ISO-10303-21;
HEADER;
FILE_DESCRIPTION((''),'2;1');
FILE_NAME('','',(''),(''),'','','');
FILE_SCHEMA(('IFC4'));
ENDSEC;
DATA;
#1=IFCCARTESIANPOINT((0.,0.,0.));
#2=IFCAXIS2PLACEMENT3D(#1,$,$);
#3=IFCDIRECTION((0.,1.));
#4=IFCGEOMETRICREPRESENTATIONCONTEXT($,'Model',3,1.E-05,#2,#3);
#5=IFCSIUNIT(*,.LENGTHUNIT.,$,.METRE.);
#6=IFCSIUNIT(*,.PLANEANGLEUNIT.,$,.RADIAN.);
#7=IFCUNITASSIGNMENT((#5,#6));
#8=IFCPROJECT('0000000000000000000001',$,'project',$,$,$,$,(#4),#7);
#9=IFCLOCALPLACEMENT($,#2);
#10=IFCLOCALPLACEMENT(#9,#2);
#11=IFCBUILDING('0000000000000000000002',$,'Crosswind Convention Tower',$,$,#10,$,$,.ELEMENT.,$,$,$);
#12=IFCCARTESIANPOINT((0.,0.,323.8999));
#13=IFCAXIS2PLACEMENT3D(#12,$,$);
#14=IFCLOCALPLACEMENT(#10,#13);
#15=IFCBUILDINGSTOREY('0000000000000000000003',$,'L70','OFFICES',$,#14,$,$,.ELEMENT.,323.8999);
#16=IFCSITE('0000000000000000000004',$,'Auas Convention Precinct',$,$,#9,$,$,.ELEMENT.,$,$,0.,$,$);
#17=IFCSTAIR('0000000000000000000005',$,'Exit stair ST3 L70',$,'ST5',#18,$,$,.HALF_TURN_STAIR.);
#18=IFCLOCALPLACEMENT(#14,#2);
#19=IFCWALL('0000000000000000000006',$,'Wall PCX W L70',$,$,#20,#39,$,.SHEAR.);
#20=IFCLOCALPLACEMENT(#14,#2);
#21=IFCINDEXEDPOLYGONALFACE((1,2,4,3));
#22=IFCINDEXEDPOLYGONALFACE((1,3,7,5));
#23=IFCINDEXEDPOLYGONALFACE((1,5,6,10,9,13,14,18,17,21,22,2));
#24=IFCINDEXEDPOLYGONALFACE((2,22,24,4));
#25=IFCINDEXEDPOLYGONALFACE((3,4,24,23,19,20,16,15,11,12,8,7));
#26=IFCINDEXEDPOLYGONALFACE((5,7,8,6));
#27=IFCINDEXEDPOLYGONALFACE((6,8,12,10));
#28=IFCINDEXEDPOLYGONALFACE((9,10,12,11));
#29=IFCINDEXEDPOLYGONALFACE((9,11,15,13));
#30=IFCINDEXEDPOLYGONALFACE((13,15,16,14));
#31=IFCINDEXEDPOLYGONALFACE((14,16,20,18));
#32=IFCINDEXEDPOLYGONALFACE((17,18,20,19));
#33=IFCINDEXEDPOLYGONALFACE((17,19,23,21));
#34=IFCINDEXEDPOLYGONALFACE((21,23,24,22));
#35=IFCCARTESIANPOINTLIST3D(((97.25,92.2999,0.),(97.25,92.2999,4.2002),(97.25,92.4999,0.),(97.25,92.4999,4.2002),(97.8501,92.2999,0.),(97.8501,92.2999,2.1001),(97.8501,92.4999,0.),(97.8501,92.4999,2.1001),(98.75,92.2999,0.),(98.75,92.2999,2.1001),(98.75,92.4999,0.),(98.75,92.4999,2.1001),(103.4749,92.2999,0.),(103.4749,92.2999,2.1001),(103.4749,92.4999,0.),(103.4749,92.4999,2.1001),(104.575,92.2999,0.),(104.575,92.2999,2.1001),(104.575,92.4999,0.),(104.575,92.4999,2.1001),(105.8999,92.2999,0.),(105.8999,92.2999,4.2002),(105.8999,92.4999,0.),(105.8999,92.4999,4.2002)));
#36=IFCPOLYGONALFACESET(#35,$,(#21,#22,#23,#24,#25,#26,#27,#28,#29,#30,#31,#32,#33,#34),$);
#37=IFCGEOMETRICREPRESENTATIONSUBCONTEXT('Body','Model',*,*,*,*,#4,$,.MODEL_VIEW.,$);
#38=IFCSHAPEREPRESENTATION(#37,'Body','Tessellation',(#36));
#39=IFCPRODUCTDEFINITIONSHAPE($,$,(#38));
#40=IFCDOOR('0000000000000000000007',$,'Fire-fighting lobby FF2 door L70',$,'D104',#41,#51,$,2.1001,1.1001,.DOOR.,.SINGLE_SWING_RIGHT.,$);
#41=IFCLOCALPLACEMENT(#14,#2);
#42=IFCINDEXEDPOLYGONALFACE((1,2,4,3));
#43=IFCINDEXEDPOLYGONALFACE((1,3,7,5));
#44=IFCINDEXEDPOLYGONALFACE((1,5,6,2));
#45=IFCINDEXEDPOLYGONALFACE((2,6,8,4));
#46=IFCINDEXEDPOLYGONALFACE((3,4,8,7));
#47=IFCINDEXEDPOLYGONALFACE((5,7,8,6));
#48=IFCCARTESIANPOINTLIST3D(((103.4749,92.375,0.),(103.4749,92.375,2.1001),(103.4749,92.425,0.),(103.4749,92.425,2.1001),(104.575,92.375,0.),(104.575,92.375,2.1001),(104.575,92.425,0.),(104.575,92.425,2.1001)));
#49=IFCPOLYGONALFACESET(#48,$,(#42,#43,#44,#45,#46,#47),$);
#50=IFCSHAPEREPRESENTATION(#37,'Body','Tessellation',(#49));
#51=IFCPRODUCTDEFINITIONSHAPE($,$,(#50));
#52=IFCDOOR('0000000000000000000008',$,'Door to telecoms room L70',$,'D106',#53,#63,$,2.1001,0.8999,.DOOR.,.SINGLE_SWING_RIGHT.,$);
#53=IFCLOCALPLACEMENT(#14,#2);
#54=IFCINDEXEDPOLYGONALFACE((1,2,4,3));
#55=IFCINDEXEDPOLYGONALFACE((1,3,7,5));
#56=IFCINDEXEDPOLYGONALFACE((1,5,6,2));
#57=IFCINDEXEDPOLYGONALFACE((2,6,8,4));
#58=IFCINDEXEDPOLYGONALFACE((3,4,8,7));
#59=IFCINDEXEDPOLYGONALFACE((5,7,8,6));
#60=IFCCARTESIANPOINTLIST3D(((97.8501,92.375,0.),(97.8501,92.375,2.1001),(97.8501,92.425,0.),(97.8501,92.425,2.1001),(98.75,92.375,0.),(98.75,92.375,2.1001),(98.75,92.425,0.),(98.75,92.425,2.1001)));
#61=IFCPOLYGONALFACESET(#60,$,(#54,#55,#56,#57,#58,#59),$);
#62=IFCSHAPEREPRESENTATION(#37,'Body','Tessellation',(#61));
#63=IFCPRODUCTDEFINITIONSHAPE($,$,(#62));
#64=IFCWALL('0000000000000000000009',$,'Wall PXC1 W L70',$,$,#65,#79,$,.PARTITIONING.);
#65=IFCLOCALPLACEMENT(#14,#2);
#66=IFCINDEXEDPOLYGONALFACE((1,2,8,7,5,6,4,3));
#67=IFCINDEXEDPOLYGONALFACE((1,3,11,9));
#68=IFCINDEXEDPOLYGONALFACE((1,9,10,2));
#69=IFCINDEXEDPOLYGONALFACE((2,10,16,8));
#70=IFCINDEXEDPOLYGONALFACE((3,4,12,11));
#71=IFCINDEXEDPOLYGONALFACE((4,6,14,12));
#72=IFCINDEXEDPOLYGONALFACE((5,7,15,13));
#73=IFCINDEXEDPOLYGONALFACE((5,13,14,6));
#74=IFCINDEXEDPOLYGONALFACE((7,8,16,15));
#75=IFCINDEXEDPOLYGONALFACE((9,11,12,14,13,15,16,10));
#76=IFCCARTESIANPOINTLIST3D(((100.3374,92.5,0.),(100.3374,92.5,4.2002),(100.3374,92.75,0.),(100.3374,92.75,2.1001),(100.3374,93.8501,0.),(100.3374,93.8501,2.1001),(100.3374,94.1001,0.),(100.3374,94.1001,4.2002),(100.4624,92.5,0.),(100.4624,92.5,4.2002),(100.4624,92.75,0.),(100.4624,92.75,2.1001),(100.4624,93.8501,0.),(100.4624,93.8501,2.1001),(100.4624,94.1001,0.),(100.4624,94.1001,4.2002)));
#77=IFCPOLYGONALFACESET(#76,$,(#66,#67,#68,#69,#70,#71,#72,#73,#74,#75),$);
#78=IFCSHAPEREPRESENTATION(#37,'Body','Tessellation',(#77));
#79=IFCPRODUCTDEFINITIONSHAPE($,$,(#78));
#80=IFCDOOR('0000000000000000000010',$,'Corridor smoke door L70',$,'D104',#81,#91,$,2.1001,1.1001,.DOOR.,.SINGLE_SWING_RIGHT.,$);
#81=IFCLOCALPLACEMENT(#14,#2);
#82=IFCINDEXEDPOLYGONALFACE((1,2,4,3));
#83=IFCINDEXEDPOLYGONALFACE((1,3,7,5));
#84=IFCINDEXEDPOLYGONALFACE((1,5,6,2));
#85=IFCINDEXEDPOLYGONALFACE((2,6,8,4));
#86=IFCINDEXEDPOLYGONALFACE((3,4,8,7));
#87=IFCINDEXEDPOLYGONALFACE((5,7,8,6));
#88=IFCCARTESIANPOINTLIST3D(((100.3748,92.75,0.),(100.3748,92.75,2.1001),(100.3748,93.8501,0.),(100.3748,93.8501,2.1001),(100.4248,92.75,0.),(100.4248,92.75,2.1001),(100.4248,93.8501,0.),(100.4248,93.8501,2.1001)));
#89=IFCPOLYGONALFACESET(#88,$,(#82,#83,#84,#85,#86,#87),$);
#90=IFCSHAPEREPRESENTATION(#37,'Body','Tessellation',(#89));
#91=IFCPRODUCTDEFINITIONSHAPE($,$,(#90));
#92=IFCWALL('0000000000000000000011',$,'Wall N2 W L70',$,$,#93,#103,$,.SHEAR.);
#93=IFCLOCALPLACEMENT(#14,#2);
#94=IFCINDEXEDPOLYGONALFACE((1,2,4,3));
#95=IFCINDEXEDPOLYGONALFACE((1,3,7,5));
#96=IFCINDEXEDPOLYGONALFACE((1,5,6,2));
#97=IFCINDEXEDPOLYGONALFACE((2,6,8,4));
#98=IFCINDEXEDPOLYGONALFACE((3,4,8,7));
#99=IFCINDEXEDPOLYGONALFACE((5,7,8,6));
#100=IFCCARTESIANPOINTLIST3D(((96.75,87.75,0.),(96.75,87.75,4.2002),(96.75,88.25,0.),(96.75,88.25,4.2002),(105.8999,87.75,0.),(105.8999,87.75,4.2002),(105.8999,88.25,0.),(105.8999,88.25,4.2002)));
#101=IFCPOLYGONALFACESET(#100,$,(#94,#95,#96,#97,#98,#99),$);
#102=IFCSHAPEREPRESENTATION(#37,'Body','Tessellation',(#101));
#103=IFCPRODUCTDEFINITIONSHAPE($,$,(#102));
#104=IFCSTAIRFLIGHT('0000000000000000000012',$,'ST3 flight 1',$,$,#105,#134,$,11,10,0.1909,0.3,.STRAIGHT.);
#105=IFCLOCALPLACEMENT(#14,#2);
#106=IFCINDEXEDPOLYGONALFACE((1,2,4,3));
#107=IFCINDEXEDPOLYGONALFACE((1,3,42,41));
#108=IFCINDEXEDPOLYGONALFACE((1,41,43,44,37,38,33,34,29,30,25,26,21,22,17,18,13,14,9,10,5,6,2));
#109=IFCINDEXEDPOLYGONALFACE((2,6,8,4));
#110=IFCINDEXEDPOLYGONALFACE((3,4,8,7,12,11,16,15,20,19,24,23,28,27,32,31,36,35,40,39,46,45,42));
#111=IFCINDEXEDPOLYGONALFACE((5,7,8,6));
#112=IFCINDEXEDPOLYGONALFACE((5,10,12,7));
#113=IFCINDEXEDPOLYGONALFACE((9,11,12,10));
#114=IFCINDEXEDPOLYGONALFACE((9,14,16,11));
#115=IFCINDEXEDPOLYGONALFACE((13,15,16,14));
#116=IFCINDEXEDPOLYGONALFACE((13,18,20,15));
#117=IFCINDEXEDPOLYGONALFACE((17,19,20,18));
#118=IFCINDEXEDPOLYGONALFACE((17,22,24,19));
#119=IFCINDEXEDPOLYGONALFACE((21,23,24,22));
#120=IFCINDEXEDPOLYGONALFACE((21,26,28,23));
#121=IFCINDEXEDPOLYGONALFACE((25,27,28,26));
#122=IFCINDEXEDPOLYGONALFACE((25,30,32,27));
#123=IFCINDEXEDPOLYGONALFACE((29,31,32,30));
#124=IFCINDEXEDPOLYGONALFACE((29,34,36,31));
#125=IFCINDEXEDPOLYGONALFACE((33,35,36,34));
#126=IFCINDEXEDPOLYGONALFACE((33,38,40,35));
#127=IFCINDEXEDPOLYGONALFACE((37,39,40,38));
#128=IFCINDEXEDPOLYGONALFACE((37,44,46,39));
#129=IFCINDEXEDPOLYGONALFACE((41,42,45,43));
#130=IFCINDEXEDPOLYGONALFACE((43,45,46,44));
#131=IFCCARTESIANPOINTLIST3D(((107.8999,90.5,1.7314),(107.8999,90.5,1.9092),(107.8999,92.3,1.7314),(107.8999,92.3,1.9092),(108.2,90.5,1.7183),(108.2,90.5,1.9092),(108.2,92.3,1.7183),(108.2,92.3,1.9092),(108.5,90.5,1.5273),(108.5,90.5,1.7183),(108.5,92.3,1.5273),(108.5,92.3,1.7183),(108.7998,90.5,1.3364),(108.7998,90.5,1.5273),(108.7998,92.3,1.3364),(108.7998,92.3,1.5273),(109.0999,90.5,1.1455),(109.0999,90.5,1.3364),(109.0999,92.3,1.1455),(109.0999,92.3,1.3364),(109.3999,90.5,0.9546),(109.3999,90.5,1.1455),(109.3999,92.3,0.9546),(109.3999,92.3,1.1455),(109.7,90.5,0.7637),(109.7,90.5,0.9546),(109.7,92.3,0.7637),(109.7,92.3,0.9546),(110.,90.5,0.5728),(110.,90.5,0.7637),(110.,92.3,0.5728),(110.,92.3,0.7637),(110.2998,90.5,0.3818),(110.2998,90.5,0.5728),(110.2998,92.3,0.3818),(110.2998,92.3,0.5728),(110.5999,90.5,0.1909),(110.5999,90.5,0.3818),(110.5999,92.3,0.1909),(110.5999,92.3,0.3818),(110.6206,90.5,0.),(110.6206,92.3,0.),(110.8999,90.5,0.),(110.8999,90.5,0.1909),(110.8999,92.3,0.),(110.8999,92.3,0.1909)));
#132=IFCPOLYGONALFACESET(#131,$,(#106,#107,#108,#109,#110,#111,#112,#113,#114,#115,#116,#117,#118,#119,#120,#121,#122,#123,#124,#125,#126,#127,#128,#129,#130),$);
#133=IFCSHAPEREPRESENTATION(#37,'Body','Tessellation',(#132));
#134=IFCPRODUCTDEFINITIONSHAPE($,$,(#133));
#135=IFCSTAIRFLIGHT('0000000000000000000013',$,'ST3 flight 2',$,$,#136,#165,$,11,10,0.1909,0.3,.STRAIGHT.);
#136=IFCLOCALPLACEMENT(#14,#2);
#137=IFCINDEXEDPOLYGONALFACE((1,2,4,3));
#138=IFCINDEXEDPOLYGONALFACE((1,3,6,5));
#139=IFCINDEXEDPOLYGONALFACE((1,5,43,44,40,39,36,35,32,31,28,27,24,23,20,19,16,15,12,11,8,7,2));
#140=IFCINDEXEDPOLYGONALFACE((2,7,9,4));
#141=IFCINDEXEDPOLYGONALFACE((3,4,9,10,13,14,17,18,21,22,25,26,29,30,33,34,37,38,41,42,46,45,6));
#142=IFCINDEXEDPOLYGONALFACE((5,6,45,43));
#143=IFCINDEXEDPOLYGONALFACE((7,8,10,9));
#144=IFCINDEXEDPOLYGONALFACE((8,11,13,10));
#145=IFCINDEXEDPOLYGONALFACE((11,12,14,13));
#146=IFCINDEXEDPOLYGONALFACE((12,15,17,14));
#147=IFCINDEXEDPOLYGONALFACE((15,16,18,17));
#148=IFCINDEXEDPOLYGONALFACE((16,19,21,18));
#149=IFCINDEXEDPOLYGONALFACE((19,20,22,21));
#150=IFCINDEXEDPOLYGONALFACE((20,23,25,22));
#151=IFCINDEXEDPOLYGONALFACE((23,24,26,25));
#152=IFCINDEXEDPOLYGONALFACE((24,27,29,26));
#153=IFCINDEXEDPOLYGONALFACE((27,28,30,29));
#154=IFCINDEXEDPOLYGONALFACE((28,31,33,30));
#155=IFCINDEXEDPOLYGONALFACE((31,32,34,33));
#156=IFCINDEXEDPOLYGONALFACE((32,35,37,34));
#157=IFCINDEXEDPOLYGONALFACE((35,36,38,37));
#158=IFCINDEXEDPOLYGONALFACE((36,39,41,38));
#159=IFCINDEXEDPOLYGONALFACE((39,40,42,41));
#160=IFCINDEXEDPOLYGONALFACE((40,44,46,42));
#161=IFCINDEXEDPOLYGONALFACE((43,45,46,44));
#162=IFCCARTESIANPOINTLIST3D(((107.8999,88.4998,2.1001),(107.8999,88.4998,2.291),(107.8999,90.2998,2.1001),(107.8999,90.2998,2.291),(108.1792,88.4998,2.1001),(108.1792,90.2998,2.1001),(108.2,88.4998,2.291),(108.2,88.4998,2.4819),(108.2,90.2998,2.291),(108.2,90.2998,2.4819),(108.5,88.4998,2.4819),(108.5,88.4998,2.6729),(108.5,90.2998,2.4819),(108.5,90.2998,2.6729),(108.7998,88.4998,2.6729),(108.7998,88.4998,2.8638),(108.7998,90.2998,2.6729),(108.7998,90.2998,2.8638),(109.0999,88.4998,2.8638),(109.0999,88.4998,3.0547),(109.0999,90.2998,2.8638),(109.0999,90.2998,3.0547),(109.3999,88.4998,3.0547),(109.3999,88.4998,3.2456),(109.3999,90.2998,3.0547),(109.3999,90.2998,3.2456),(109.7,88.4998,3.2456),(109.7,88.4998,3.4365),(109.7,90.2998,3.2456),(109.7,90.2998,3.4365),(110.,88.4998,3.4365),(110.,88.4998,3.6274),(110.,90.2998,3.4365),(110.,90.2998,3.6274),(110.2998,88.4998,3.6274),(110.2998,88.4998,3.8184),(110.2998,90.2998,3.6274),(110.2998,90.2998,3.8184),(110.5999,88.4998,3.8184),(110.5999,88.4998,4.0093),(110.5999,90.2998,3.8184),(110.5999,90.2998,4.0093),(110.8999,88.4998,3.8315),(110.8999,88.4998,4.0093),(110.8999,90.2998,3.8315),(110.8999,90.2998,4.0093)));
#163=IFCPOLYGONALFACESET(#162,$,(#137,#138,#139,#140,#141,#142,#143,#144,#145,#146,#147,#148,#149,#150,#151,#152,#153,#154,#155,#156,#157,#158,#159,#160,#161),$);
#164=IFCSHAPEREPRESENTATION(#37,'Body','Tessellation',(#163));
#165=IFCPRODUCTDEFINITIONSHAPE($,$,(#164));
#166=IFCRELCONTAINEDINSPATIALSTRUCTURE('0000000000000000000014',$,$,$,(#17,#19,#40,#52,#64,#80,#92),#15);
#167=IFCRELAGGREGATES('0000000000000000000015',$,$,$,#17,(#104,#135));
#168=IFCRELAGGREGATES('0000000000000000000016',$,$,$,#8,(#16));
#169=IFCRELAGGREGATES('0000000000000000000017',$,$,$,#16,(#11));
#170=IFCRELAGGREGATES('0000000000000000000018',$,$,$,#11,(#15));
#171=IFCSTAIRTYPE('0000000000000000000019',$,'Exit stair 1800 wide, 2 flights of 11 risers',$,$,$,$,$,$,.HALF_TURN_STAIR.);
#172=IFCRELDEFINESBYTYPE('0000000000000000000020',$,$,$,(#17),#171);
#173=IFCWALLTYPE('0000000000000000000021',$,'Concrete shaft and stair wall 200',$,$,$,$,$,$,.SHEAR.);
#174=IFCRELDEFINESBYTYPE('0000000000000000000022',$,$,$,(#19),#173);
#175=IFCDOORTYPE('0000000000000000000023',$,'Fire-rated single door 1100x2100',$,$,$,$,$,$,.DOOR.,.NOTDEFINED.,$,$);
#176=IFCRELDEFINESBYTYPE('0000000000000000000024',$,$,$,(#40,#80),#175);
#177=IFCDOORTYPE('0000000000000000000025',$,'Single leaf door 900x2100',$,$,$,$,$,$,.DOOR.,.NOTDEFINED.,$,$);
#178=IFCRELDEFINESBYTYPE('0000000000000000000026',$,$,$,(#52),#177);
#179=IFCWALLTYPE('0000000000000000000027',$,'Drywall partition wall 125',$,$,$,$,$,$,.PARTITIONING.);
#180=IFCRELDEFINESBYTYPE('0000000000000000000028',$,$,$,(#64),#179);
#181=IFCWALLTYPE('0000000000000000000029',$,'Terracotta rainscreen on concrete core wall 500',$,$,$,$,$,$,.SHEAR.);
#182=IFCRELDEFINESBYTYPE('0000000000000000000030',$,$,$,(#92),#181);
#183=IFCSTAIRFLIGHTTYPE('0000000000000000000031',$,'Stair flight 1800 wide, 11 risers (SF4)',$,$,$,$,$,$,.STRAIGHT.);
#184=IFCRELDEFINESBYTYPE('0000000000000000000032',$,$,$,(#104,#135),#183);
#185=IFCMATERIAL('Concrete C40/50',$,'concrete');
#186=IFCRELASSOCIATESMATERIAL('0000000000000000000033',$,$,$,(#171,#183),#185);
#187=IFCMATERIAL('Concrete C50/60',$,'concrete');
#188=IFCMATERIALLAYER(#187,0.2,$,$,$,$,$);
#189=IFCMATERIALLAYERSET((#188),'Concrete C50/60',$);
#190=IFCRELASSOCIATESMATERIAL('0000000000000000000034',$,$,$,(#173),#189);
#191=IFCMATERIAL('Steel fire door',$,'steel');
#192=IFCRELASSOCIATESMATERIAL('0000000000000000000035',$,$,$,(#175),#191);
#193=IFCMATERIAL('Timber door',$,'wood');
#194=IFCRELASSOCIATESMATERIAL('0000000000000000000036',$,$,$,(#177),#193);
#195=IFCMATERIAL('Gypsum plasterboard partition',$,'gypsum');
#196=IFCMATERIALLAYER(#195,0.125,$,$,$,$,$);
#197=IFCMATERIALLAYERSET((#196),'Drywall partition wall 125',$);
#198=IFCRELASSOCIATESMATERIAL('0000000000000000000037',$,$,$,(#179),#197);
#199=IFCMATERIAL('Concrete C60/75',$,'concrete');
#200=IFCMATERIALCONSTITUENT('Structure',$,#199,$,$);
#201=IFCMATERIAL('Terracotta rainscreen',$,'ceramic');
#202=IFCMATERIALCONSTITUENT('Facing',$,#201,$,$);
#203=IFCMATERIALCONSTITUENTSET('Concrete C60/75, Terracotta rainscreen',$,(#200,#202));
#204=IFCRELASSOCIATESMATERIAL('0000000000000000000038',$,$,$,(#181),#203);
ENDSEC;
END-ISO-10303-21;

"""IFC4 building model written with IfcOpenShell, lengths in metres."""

from ifc_helpers import new_model, si_unit, direction, frame, frame_2d, origin, place, context, subcontext, project, spatial, polyline, rectangle, outline, extrude, material, layer, layer_set, constituent, constituent_set, type_object, element, fill, aggregate, save


model = new_model("IFC4")

# Units and contexts
model_context = context("Model", 3, precision=1e-05, world=origin(), true_north=direction((0.0, 1.0)))
body_context = subcontext(model_context, "Body", "Model", "MODEL_VIEW")
ifc_project = project(units=[si_unit("LENGTHUNIT", "METRE"), si_unit("PLANEANGLEUNIT", "RADIAN")], contexts=[model_context])

# Site, building, storey
site_placement = place(None, origin())
site = spatial("IfcSite", under=ifc_project, at=site_placement, Name="Auas Convention Precinct", CompositionType="ELEMENT", RefElevation=0.0)
building_placement = place(site_placement, origin())
building = spatial("IfcBuilding", under=site, at=building_placement, Name="Crosswind Convention Tower", CompositionType="ELEMENT")
storey_placement = place(building_placement, frame((0.0, 0.0, 323.8999)))
storey = spatial("IfcBuildingStorey", under=building, at=storey_placement, Name="L70", Description="OFFICES", CompositionType="ELEMENT", Elevation=323.8999)

# Shared definitions
ifc_material_1 = material(Name="Concrete C40/50", Category="concrete")

# Stair
stair_type = type_object("IfcStairType", Name="Exit stair 1800 wide, 2 flights of 11 risers", PredefinedType="HALF_TURN_STAIR", material=ifc_material_1)
stair_1_placement = place(storey_placement, origin())
stair_1 = element("IfcStair", 1, at=stair_1_placement, inside=storey, type_object=stair_type, Name="Exit stair ST3 L70", ObjectType="ST5", PredefinedType="HALF_TURN_STAIR")

# Shared definitions
ifc_material_2 = material(Name="Concrete C50/60", Category="concrete")
ifc_layer_1 = layer(ifc_material_2, 0.2)
ifc_layer_set_1 = layer_set([ifc_layer_1], Name="Concrete C50/60")
wall_type_1 = type_object("IfcWallType", Name="Concrete shaft and stair wall 200", PredefinedType="SHEAR", material=ifc_layer_set_1)
ifc_material_3 = material(Name="Steel fire door", Category="steel")
door_type_1 = type_object("IfcDoorType", Name="Fire-rated single door 1100x2100", OperationType="NOTDEFINED", PredefinedType="DOOR", material=ifc_material_3)

# Wall, openings, doors
wall_1_placement = place(storey_placement, frame((105.8999, 92.3999, 0.0), z_axis=(0.0, 0.0, 1.0), x_axis=(-1.0, 0.0, 0.0)))
wall_1 = element("IfcWall", 2, at=wall_1_placement, inside=storey, type_object=wall_type_1, Name="Wall PCX W L70", PredefinedType="SHEAR", context=body_context, shape_type="SweptSolid", body=[
    extrude(rectangle(XDim=8.6499, YDim=0.2, at=frame_2d((4.325, 0.0))), origin(), (0.0, 0.0, 1.0), 4.2002),
])
opening_1_placement = place(wall_1_placement, frame((1.325, 0.0, 0.0)))
opening_1 = element("IfcOpeningElement", 3, at=opening_1_placement, cuts=wall_1, PredefinedType="OPENING", context=body_context, shape_type="SweptSolid", body=[
    extrude(rectangle(XDim=1.1001, YDim=2.1001, at=frame_2d((0.55, 1.05))), frame((0.0, 0.1099, 0.0), z_axis=(0.0, -1.0, 0.0), x_axis=(1.0, 0.0, 0.0)), (0.0, 0.0, 1.0), 0.22),
])
opening_2_placement = place(wall_1_placement, frame((7.1499, 0.0, 0.0)))
opening_2 = element("IfcOpeningElement", 4, at=opening_2_placement, cuts=wall_1, PredefinedType="OPENING", context=body_context, shape_type="SweptSolid", body=[
    extrude(rectangle(XDim=0.8999, YDim=2.1001, at=frame_2d((0.45, 1.05))), frame((0.0, 0.1099, 0.0), z_axis=(0.0, -1.0, 0.0), x_axis=(1.0, 0.0, 0.0)), (0.0, 0.0, 1.0), 0.22),
])
door_1_placement = place(opening_1_placement, origin())
door_1 = element("IfcDoor", 5, at=door_1_placement, inside=storey, type_object=door_type_1, Name="Fire-fighting lobby FF2 door L70", ObjectType="D104", OperationType="SINGLE_SWING_RIGHT", OverallHeight=2.1001, OverallWidth=1.1001, PredefinedType="DOOR", context=body_context, shape_type="SweptSolid", body=[
    extrude(rectangle(XDim=1.1001, YDim=2.1001, at=frame_2d((0.55, 1.05))), frame((0.0, 0.0249, 0.0), z_axis=(0.0, -1.0, 0.0), x_axis=(1.0, 0.0, 0.0)), (0.0, 0.0, 1.0), 0.05),
])
fill(opening_1, door_1)
ifc_material_4 = material(Name="Timber door", Category="wood")
door_type_2 = type_object("IfcDoorType", Name="Single leaf door 900x2100", OperationType="NOTDEFINED", PredefinedType="DOOR", material=ifc_material_4)
door_2_placement = place(opening_2_placement, origin())
door_2 = element("IfcDoor", 6, at=door_2_placement, inside=storey, type_object=door_type_2, Name="Door to telecoms room L70", ObjectType="D106", OperationType="SINGLE_SWING_RIGHT", OverallHeight=2.1001, OverallWidth=0.8999, PredefinedType="DOOR", context=body_context, shape_type="SweptSolid", body=[
    extrude(rectangle(XDim=0.8999, YDim=2.1001, at=frame_2d((0.45, 1.05))), frame((0.0, 0.0249, 0.0), z_axis=(0.0, -1.0, 0.0), x_axis=(1.0, 0.0, 0.0)), (0.0, 0.0, 1.0), 0.05),
])
fill(opening_2, door_2)

# Wall, opening, door
ifc_material_5 = material(Name="Gypsum plasterboard partition", Category="gypsum")
ifc_layer_2 = layer(ifc_material_5, 0.125)
ifc_layer_set_2 = layer_set([ifc_layer_2], Name="Drywall partition wall 125")
wall_type_2 = type_object("IfcWallType", Name="Drywall partition wall 125", PredefinedType="PARTITIONING", material=ifc_layer_set_2)
wall_2_placement = place(storey_placement, frame((100.3999, 94.1001, 0.0), z_axis=(0.0, 0.0, 1.0), x_axis=(0.0, -1.0, 0.0)))
wall_2 = element("IfcWall", 7, at=wall_2_placement, inside=storey, type_object=wall_type_2, Name="Wall PXC1 W L70", PredefinedType="PARTITIONING", context=body_context, shape_type="SweptSolid", body=[
    extrude(rectangle(XDim=1.6001, YDim=0.125, at=frame_2d((0.8, 0.0))), origin(), (0.0, 0.0, 1.0), 4.2002),
])
opening_3_placement = place(wall_2_placement, frame((0.25, 0.0, 0.0)))
opening_3 = element("IfcOpeningElement", 8, at=opening_3_placement, cuts=wall_2, PredefinedType="OPENING", context=body_context, shape_type="SweptSolid", body=[
    extrude(rectangle(XDim=1.1001, YDim=2.1001, at=frame_2d((0.55, 1.05))), frame((0.0, 0.0725, 0.0), z_axis=(0.0, -1.0, 0.0), x_axis=(1.0, 0.0, 0.0)), (0.0, 0.0, 1.0), 0.145),
])
door_3_placement = place(opening_3_placement, origin())
door_3 = element("IfcDoor", 9, at=door_3_placement, inside=storey, type_object=door_type_1, Name="Corridor smoke door L70", ObjectType="D104", OperationType="SINGLE_SWING_RIGHT", OverallHeight=2.1001, OverallWidth=1.1001, PredefinedType="DOOR", context=body_context, shape_type="SweptSolid", body=[
    extrude(rectangle(XDim=1.1001, YDim=2.1001, at=frame_2d((0.55, 1.05))), frame((0.0, 0.0249, 0.0), z_axis=(0.0, -1.0, 0.0), x_axis=(1.0, 0.0, 0.0)), (0.0, 0.0, 1.0), 0.05),
])
fill(opening_3, door_3)

# Wall
ifc_material_6 = material(Name="Concrete C60/75", Category="concrete")
ifc_constituent_1 = constituent(ifc_material_6, Name="Structure")
ifc_material_7 = material(Name="Terracotta rainscreen", Category="ceramic")
ifc_constituent_2 = constituent(ifc_material_7, Name="Facing")
ifc_constituent_set = constituent_set(constituents=[ifc_constituent_1, ifc_constituent_2], Name="Concrete C60/75, Terracotta rainscreen")
wall_type_3 = type_object("IfcWallType", Name="Terracotta rainscreen on concrete core wall 500", PredefinedType="SHEAR", material=ifc_constituent_set)
wall_3_placement = place(storey_placement, frame((105.8999, 88.0, 0.0), z_axis=(0.0, 0.0, 1.0), x_axis=(-1.0, 0.0, 0.0)))
element("IfcWall", 10, at=wall_3_placement, inside=storey, type_object=wall_type_3, Name="Wall N2 W L70", PredefinedType="SHEAR", context=body_context, shape_type="SweptSolid", body=[
    extrude(rectangle(XDim=9.1499, YDim=0.5, at=frame_2d((4.575, 0.0))), origin(), (0.0, 0.0, 1.0), 4.2002),
])

# Stair flights
stair_flight_type = type_object("IfcStairFlightType", Name="Stair flight 1800 wide, 11 risers (SF4)", PredefinedType="STRAIGHT", material=ifc_material_1)
stair_flight_1_placement = place(storey_placement, frame((110.8999, 91.3999, 0.0), z_axis=(0.0, 0.0, 1.0), x_axis=(-1.0, 0.0, 0.0)))
stair_flight_1 = element("IfcStairFlight", 11, at=stair_flight_1_placement, type_object=stair_flight_type, Name="ST3 flight 1", NumberOfRisers=11, NumberOfTreads=10, PredefinedType="STRAIGHT", RiserHeight=0.1909, TreadLength=0.3, context=body_context, shape_type="SweptSolid", body=[
    extrude(outline(polyline([(0.0, 0.0), (0.0, 0.1909), (0.3, 0.1909), (0.3, 0.3818), (0.6001, 0.3818), (0.6001, 0.5728), (0.8999, 0.5728), (0.8999, 0.7637), (1.2, 0.7637), (1.2, 0.9546), (1.5, 0.9546), (1.5, 1.1455), (1.8, 1.1455), (1.8, 1.3364), (2.1001, 1.3364), (2.1001, 1.5273), (2.3999, 1.5273), (2.3999, 1.7183), (2.7, 1.7183), (2.7, 1.9092), (3.0, 1.9092), (3.0, 2.1001), (3.0, 1.7314), (0.2793, 0.0), (0.0, 0.0)])), frame((0.0, 0.8999, 0.0), z_axis=(0.0, -1.0, 0.0), x_axis=(1.0, 0.0, 0.0)), (0.0, 0.0, 1.0), 1.8),
])
stair_flight_2_placement = place(storey_placement, frame((107.8999, 89.3999, 2.1001), z_axis=(0.0, 0.0, 1.0), x_axis=(1.0, 0.0, 0.0)))
stair_flight_2 = element("IfcStairFlight", 12, at=stair_flight_2_placement, type_object=stair_flight_type, Name="ST3 flight 2", NumberOfRisers=11, NumberOfTreads=10, PredefinedType="STRAIGHT", RiserHeight=0.1909, TreadLength=0.3, context=body_context, shape_type="SweptSolid", body=[
    extrude(outline(polyline([(0.0, 0.0), (0.0, 0.1909), (0.3, 0.1909), (0.3, 0.3818), (0.6001, 0.3818), (0.6001, 0.5728), (0.8999, 0.5728), (0.8999, 0.7637), (1.2, 0.7637), (1.2, 0.9546), (1.5, 0.9546), (1.5, 1.1455), (1.8, 1.1455), (1.8, 1.3364), (2.1001, 1.3364), (2.1001, 1.5273), (2.3999, 1.5273), (2.3999, 1.7183), (2.7, 1.7183), (2.7, 1.9092), (3.0, 1.9092), (3.0, 2.1001), (3.0, 1.7314), (0.2793, 0.0), (0.0, 0.0)])), frame((0.0, 0.8999, 0.0), z_axis=(0.0, -1.0, 0.0), x_axis=(1.0, 0.0, 0.0)), (0.0, 0.0, 1.0), 1.8),
])
aggregate(stair_1, [stair_flight_1, stair_flight_2])

save(model, "model.ifc")
